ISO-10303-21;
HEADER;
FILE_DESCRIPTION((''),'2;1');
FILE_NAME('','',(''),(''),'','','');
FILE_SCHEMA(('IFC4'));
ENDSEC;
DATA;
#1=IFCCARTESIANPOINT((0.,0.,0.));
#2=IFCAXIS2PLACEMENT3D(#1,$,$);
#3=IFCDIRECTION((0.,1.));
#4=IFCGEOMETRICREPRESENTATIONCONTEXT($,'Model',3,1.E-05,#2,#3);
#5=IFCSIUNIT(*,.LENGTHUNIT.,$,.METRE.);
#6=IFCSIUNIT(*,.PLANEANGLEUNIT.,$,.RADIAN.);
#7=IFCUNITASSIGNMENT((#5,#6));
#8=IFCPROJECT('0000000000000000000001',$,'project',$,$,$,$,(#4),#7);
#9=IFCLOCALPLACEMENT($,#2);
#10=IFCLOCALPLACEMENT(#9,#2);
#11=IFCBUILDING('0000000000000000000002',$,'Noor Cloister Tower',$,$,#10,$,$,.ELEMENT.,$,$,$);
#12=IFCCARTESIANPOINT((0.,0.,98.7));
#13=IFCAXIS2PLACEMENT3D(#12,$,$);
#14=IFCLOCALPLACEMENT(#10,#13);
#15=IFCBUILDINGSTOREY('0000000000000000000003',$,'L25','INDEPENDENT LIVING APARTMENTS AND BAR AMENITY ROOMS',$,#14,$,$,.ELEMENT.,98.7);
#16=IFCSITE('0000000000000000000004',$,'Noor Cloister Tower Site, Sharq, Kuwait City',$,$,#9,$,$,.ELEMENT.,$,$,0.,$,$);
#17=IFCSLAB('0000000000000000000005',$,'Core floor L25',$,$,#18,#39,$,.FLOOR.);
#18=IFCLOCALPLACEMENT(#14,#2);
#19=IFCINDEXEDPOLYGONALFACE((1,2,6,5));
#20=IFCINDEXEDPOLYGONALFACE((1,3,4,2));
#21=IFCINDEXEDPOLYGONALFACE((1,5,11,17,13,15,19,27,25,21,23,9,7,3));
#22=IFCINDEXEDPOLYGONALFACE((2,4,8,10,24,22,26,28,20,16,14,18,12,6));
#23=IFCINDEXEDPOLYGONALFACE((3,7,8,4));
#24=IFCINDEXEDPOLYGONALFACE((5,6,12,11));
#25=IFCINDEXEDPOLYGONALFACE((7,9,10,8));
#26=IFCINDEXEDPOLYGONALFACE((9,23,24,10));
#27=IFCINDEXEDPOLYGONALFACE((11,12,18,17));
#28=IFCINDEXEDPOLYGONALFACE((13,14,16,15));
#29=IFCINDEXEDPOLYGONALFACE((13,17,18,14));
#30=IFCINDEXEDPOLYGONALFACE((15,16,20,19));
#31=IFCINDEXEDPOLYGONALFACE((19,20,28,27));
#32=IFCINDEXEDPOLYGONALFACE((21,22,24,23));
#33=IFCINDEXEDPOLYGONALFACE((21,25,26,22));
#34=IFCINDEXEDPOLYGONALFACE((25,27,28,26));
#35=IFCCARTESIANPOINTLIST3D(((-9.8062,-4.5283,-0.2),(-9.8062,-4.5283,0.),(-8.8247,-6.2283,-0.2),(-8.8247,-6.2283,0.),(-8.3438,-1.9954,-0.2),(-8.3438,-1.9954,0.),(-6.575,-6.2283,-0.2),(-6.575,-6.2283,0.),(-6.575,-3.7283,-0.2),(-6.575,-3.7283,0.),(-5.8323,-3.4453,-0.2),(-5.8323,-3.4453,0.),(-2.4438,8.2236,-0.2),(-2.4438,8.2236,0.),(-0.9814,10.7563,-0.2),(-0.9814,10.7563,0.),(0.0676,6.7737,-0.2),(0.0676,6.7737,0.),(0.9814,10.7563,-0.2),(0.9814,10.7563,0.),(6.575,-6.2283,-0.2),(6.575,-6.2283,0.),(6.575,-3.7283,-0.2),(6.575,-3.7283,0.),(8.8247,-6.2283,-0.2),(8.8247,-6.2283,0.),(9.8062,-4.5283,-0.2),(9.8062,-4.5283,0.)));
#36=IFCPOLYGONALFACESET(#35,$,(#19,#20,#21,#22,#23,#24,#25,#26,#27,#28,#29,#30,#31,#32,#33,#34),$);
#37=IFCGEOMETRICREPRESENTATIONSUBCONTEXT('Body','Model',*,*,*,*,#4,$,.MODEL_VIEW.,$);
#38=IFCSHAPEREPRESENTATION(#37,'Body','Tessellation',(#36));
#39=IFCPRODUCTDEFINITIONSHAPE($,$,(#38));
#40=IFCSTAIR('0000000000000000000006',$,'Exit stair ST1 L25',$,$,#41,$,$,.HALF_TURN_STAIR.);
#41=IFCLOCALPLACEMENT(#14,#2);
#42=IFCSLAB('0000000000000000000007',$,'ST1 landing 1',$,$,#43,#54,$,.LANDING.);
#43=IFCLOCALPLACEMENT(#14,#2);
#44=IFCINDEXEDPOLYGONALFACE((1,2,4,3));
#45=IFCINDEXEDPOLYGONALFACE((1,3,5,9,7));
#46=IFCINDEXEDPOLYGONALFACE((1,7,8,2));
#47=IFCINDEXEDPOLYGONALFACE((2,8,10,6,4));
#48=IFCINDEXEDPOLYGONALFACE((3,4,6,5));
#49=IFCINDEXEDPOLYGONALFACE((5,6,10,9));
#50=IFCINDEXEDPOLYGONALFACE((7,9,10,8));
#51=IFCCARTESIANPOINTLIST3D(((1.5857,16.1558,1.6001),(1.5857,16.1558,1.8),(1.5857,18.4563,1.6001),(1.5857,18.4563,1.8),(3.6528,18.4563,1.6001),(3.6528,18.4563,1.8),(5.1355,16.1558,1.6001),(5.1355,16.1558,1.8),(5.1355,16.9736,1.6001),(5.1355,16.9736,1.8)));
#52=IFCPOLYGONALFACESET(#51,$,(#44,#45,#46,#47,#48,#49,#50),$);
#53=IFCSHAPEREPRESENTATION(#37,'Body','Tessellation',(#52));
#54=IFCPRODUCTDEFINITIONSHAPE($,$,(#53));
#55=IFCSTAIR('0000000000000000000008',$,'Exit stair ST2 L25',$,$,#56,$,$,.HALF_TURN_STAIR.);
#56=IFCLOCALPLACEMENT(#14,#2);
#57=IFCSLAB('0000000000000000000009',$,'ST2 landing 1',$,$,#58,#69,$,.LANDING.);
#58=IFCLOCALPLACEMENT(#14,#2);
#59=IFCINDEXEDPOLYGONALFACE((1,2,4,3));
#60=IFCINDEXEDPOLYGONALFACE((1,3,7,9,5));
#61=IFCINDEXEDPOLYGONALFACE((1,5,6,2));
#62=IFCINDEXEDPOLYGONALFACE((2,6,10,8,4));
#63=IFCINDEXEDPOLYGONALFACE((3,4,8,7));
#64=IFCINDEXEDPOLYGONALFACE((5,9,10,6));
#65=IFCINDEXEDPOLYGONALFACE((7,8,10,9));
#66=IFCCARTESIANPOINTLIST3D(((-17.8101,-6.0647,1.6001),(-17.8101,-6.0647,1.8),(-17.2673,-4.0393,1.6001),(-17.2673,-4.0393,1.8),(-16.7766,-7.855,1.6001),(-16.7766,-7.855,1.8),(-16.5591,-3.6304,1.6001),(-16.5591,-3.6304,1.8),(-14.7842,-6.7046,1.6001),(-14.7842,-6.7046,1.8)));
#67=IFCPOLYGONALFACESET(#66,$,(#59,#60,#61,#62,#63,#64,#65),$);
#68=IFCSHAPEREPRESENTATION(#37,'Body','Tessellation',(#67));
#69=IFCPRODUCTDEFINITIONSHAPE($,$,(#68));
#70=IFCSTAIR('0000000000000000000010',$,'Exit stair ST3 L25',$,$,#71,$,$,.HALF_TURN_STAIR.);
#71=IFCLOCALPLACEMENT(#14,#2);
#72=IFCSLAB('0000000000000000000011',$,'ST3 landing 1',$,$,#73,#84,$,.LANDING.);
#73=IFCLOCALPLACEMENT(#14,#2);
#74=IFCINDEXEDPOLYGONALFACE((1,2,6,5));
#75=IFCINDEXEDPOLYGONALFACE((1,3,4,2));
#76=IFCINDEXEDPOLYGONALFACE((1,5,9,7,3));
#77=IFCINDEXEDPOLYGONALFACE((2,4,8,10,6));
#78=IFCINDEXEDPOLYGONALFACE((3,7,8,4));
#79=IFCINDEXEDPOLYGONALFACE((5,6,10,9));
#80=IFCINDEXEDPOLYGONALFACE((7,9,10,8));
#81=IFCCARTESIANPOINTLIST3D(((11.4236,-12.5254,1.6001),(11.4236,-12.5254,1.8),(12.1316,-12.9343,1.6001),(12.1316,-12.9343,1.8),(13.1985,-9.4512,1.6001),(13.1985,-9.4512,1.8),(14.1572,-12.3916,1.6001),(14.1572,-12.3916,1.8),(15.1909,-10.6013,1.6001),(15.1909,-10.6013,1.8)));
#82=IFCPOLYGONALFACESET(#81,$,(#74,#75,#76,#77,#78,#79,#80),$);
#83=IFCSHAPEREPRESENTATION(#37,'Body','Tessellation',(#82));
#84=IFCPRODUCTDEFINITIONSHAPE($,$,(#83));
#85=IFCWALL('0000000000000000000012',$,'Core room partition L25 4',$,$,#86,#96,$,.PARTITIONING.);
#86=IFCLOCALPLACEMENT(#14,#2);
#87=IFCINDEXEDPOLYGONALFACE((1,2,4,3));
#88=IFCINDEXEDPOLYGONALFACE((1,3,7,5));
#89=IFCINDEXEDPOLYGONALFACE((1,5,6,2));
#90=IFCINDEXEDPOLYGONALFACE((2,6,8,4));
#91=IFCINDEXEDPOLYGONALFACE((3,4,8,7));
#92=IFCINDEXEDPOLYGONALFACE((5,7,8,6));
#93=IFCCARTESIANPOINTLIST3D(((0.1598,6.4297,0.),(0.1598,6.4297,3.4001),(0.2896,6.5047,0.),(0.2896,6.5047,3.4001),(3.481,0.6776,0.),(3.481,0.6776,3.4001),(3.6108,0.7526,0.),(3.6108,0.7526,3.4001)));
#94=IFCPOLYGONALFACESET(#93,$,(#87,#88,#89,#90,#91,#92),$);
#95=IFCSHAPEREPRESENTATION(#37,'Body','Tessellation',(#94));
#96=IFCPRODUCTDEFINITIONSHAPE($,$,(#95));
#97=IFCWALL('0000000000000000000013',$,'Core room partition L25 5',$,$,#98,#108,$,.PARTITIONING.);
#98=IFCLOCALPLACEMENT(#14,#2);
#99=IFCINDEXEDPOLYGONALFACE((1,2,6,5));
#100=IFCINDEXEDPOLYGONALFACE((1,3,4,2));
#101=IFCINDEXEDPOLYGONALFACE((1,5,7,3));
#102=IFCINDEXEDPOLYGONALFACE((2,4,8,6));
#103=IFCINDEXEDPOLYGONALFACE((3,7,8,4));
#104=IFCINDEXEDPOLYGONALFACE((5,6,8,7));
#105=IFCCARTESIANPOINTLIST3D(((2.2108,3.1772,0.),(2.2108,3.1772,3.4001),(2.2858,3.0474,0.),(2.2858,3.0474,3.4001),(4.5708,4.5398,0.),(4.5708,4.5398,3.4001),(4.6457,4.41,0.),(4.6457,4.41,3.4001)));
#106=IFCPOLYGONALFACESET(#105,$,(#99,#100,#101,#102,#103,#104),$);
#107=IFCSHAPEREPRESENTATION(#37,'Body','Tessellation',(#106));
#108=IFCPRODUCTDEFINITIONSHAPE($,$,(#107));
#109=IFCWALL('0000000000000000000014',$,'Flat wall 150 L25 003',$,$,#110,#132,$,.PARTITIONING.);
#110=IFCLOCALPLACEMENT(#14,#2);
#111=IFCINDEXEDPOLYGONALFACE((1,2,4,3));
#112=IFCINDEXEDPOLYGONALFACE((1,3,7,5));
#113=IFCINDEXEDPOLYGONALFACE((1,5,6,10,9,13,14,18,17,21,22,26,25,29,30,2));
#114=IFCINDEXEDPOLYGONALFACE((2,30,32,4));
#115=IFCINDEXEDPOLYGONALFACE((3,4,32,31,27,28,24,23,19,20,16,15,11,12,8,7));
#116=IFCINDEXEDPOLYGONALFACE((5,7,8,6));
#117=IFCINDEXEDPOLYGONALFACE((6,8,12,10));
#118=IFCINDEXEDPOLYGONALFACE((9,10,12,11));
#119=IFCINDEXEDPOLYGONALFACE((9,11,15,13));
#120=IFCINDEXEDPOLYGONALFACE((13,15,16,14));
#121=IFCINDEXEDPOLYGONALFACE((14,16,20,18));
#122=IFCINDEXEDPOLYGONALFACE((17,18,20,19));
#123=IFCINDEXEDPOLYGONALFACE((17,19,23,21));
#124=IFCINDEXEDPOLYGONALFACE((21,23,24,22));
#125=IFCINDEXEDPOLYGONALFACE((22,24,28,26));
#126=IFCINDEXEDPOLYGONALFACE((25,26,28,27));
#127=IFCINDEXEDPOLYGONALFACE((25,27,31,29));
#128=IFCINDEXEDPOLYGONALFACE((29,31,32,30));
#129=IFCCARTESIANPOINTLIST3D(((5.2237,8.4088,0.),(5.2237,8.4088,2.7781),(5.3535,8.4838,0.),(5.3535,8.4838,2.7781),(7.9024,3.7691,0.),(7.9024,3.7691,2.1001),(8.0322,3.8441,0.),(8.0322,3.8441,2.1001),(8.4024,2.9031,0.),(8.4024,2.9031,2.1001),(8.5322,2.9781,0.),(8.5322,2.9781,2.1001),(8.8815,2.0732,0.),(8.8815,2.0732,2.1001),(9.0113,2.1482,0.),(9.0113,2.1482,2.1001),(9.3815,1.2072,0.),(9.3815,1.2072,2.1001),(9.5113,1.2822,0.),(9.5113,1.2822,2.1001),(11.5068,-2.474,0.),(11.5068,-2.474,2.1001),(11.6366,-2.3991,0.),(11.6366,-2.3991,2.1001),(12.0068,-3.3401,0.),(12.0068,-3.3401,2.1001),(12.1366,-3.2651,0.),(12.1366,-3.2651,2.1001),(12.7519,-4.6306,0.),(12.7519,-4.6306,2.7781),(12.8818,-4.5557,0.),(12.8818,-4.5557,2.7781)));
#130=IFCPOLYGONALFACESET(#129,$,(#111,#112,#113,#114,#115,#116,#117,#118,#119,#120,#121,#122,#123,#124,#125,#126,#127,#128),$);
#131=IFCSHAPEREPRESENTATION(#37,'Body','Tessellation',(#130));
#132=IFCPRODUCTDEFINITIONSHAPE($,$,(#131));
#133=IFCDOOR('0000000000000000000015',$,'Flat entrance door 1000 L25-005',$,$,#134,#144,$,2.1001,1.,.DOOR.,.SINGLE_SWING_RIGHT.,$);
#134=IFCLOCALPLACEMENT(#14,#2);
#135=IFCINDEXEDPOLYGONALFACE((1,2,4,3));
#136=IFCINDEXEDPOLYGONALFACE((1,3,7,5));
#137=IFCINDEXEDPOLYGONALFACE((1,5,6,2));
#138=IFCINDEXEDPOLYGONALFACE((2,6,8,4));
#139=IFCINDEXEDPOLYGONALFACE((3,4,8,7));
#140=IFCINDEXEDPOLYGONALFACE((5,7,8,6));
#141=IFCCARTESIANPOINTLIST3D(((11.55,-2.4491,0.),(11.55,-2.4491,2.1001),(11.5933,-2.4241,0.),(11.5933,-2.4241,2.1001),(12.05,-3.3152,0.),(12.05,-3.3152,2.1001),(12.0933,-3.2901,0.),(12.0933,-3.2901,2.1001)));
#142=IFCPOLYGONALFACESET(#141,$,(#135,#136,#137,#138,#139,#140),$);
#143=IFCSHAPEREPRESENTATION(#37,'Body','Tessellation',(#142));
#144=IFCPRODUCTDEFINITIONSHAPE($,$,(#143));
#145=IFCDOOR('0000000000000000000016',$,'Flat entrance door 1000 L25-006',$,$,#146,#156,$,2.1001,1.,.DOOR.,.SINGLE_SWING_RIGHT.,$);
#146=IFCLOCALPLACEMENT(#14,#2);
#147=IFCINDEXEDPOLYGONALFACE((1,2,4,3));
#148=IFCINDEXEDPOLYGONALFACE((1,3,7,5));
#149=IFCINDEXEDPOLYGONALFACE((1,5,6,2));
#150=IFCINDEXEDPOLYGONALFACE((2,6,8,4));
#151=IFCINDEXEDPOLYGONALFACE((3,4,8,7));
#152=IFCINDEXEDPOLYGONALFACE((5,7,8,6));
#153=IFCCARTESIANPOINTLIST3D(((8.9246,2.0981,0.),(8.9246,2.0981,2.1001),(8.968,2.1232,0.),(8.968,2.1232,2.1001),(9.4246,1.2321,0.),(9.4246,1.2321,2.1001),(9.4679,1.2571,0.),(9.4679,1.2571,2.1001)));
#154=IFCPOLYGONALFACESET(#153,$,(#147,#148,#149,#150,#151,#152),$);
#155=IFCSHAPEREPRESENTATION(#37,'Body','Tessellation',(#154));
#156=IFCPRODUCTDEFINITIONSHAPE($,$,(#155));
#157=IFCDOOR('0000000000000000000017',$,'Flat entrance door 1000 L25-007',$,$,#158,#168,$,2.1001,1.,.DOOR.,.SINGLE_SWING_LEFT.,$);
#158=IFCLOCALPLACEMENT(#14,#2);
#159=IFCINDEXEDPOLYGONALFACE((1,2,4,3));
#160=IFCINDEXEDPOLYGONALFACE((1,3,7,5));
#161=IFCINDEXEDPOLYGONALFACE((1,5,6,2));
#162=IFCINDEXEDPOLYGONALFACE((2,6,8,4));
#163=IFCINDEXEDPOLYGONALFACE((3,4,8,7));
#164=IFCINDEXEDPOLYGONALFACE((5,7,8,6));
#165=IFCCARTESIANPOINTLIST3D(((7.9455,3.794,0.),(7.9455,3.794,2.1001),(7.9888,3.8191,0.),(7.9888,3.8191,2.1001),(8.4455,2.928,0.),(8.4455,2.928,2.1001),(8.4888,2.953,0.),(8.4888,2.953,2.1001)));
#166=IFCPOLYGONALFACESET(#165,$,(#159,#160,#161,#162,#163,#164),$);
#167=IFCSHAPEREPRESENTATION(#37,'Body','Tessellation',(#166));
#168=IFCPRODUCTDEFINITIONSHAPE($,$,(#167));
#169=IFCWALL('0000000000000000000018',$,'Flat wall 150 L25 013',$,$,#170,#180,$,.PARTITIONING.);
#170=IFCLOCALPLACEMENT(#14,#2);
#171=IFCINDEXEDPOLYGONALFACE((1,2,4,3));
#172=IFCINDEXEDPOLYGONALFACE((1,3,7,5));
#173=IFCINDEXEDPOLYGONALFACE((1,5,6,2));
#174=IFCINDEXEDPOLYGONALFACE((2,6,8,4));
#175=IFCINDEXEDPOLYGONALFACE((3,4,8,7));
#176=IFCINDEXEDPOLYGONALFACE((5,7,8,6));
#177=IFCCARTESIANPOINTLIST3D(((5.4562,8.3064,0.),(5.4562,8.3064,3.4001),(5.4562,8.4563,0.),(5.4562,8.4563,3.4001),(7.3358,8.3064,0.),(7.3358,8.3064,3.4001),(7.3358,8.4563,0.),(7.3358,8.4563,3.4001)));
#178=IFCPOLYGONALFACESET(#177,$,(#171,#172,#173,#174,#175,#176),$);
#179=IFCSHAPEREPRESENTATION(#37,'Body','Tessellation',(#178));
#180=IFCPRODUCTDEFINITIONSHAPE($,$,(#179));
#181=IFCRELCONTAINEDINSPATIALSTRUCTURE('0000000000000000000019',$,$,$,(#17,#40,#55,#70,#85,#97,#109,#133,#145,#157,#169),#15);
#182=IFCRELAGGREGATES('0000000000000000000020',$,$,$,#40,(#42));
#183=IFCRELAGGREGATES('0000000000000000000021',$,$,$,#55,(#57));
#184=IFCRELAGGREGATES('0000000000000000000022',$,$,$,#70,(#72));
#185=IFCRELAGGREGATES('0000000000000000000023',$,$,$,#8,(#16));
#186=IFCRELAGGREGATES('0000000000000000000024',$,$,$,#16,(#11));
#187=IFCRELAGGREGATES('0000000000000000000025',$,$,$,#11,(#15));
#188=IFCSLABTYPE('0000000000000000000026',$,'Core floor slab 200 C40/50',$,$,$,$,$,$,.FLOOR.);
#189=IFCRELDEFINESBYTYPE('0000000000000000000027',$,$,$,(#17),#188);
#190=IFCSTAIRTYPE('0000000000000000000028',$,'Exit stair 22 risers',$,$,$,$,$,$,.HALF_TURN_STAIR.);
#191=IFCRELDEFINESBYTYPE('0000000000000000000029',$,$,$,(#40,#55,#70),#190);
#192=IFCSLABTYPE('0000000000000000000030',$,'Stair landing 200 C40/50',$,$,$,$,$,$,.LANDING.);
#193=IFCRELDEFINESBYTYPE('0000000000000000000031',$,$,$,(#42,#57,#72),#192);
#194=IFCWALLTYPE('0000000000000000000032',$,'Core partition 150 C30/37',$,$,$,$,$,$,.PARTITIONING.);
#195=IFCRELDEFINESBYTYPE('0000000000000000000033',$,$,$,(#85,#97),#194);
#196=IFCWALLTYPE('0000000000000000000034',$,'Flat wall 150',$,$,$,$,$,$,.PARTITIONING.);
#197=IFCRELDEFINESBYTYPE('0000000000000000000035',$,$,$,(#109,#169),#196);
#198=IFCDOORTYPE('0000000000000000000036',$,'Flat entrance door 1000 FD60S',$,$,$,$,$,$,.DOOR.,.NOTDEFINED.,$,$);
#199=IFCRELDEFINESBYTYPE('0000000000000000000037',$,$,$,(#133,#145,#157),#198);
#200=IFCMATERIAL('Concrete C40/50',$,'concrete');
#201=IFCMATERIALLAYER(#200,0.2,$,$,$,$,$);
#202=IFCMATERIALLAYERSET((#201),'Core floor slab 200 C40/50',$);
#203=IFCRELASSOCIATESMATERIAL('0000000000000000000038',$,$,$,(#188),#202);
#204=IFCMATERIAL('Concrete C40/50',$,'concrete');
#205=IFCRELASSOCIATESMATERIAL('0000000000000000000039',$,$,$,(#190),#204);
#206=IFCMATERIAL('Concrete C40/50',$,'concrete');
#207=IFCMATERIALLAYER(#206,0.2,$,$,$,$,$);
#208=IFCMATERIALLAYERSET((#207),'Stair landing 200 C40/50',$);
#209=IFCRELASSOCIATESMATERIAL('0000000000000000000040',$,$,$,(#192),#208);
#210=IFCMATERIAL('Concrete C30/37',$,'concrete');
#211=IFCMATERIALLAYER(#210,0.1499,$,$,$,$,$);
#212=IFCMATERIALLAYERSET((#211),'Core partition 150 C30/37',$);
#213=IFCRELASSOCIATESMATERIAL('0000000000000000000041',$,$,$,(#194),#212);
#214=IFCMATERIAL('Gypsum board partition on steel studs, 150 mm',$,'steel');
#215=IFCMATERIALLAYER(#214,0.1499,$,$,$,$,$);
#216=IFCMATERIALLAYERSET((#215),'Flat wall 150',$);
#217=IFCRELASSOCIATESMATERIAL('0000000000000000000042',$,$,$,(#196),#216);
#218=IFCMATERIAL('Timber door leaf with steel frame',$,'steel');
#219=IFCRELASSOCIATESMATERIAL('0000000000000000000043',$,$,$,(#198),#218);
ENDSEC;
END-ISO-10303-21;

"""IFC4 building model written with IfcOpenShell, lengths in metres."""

from ifc_helpers import new_model, si_unit, direction, frame, frame_2d, origin, place, context, subcontext, project, spatial, polyline, rectangle, outline, extrude, material, layer, layer_set, type_object, element, fill, aggregate, save


model = new_model("IFC4")

# Units and contexts
model_context = context("Model", 3, precision=1e-05, world=origin(), true_north=direction((0.0, 1.0)))
body_context = subcontext(model_context, "Body", "Model", "MODEL_VIEW")
ifc_project = project(units=[si_unit("LENGTHUNIT", "METRE"), si_unit("PLANEANGLEUNIT", "RADIAN")], contexts=[model_context])

# Site, building, storey
site_placement = place(None, origin())
site = spatial("IfcSite", under=ifc_project, at=site_placement, Name="Noor Cloister Tower Site, Sharq, Kuwait City", CompositionType="ELEMENT", RefElevation=0.0)
building_placement = place(site_placement, origin())
building = spatial("IfcBuilding", under=site, at=building_placement, Name="Noor Cloister Tower", CompositionType="ELEMENT")
storey_placement = place(building_placement, frame((0.0, 0.0, 98.7)))
storey = spatial("IfcBuildingStorey", under=building, at=storey_placement, Name="L25", Description="INDEPENDENT LIVING APARTMENTS AND BAR AMENITY ROOMS", CompositionType="ELEMENT", Elevation=98.7)

# Slab
ifc_material_1 = material(Name="Concrete C40/50", Category="concrete")
ifc_layer_1 = layer(ifc_material_1, 0.2)
ifc_layer_set_1 = layer_set([ifc_layer_1], Name="Core floor slab 200 C40/50")
slab_type_1 = type_object("IfcSlabType", Name="Core floor slab 200 C40/50", PredefinedType="FLOOR", material=ifc_layer_set_1)
slab_1_placement = place(storey_placement, frame((0.0, 0.0, -0.2)))
element("IfcSlab", 1, at=slab_1_placement, inside=storey, type_object=slab_type_1, Name="Core floor L25", PredefinedType="FLOOR", context=body_context, shape_type="SweptSolid", body=[
    extrude(outline(polyline([(-6.575, -6.2283), (-6.575, -3.7283), (6.575, -3.7283), (6.575, -6.2283), (8.8247, -6.2283), (9.8062, -4.5283), (0.9814, 10.7563), (-0.9814, 10.7563), (-2.4438, 8.2236), (0.0676, 6.7737), (-5.8323, -3.4453), (-8.3438, -1.9954), (-9.8062, -4.5283), (-8.8247, -6.2283), (-6.575, -6.2283)])), origin(), (0.0, 0.0, 1.0), 0.2),
])

# Stairs, slabs
ifc_material_2 = material(Name="Concrete C40/50", Category="concrete")
stair_type = type_object("IfcStairType", Name="Exit stair 22 risers", PredefinedType="HALF_TURN_STAIR", material=ifc_material_2)
stair_1_placement = place(storey_placement, origin())
stair_1 = element("IfcStair", 2, at=stair_1_placement, inside=storey, type_object=stair_type, Name="Exit stair ST1 L25", PredefinedType="HALF_TURN_STAIR")
ifc_material_3 = material(Name="Concrete C40/50", Category="concrete")
ifc_layer_2 = layer(ifc_material_3, 0.2)
ifc_layer_set_2 = layer_set([ifc_layer_2], Name="Stair landing 200 C40/50")
slab_type_2 = type_object("IfcSlabType", Name="Stair landing 200 C40/50", PredefinedType="LANDING", material=ifc_layer_set_2)
slab_2_placement = place(storey_placement, frame((0.0, 0.0, 1.6001)))
slab_2 = element("IfcSlab", 3, at=slab_2_placement, type_object=slab_type_2, Name="ST1 landing 1", PredefinedType="LANDING", context=body_context, shape_type="SweptSolid", body=[
    extrude(outline(polyline([(5.1355, 16.1558), (5.1355, 16.9736), (3.6528, 18.4563), (1.5857, 18.4563), (1.5857, 16.1558), (5.1355, 16.1558)])), origin(), (0.0, 0.0, 1.0), 0.2),
])
aggregate(stair_1, [slab_2])
stair_2_placement = place(storey_placement, origin())
stair_2 = element("IfcStair", 4, at=stair_2_placement, inside=storey, type_object=stair_type, Name="Exit stair ST2 L25", PredefinedType="HALF_TURN_STAIR")
slab_3_placement = place(storey_placement, frame((0.0, 0.0, 1.6001)))
slab_3 = element("IfcSlab", 5, at=slab_3_placement, type_object=slab_type_2, Name="ST2 landing 1", PredefinedType="LANDING", context=body_context, shape_type="SweptSolid", body=[
    extrude(outline(polyline([(-16.5591, -3.6304), (-17.2673, -4.0393), (-17.8101, -6.0647), (-16.7766, -7.855), (-14.7842, -6.7046), (-16.5591, -3.6304)])), origin(), (0.0, 0.0, 1.0), 0.2),
])
aggregate(stair_2, [slab_3])
stair_3_placement = place(storey_placement, origin())
stair_3 = element("IfcStair", 6, at=stair_3_placement, inside=storey, type_object=stair_type, Name="Exit stair ST3 L25", PredefinedType="HALF_TURN_STAIR")
slab_4_placement = place(storey_placement, frame((0.0, 0.0, 1.6001)))
slab_4 = element("IfcSlab", 7, at=slab_4_placement, type_object=slab_type_2, Name="ST3 landing 1", PredefinedType="LANDING", context=body_context, shape_type="SweptSolid", body=[
    extrude(outline(polyline([(11.4236, -12.5254), (12.1316, -12.9343), (14.1572, -12.3916), (15.1909, -10.6013), (13.1985, -9.4512), (11.4236, -12.5254)])), origin(), (0.0, 0.0, 1.0), 0.2),
])
aggregate(stair_3, [slab_4])

# Walls
ifc_material_4 = material(Name="Concrete C30/37", Category="concrete")
ifc_layer_3 = layer(ifc_material_4, 0.1499)
ifc_layer_set_3 = layer_set([ifc_layer_3], Name="Core partition 150 C30/37")
wall_type_1 = type_object("IfcWallType", Name="Core partition 150 C30/37", PredefinedType="PARTITIONING", material=ifc_layer_set_3)
wall_1_placement = place(storey_placement, frame((3.5459, 0.7151, 0.0), z_axis=(0.0, 0.0, 1.0), x_axis=(-0.500029, 0.866009, 0.0)))
element("IfcWall", 8, at=wall_1_placement, inside=storey, type_object=wall_type_1, Name="Core room partition L25 4", PredefinedType="PARTITIONING", context=body_context, shape_type="SweptSolid", body=[
    extrude(rectangle(XDim=6.6421, YDim=0.1499, at=frame_2d((3.321, 0.0))), origin(), (0.0, 0.0, 1.0), 3.4001),
])
wall_2_placement = place(storey_placement, frame((2.2483, 3.1123, 0.0), z_axis=(0.0, 0.0, 1.0), x_axis=(0.866013, 0.500022, 0.0)))
element("IfcWall", 9, at=wall_2_placement, inside=storey, type_object=wall_type_1, Name="Core room partition L25 5", PredefinedType="PARTITIONING", context=body_context, shape_type="SweptSolid", body=[
    extrude(rectangle(XDim=2.7251, YDim=0.1499, at=frame_2d((1.3625, 0.0))), origin(), (0.0, 0.0, 1.0), 3.4001),
])

# Wall, openings, doors
ifc_material_5 = material(Name="Gypsum board partition on steel studs, 150 mm", Category="steel")
ifc_layer_4 = layer(ifc_material_5, 0.1499)
ifc_layer_set_4 = layer_set([ifc_layer_4], Name="Flat wall 150")
wall_type_2 = type_object("IfcWallType", Name="Flat wall 150", PredefinedType="PARTITIONING", material=ifc_layer_set_4)
wall_3_placement = place(storey_placement, frame((5.2886, 8.4463, 0.0), z_axis=(0.0, 0.0, 1.0), x_axis=(0.499997, -0.866027, 0.0)))
wall_3 = element("IfcWall", 10, at=wall_3_placement, inside=storey, type_object=wall_type_2, Name="Flat wall 150 L25 003", PredefinedType="PARTITIONING", context=body_context, shape_type="SweptSolid", body=[
    extrude(rectangle(XDim=15.0566, YDim=0.1499, at=frame_2d((7.5283, 0.0))), origin(), (0.0, 0.0, 1.0), 2.7781),
])
opening_1_placement = place(wall_3_placement, frame((12.5664, 0.0, 0.0)))
opening_1 = element("IfcOpeningElement", 11, at=opening_1_placement, cuts=wall_3, PredefinedType="OPENING", context=body_context, shape_type="SweptSolid", body=[
    extrude(rectangle(XDim=1.0, YDim=2.1001, at=frame_2d((0.5, 1.05))), frame((0.0, 0.085, 0.0), z_axis=(0.0, -1.0, 0.0), x_axis=(1.0, 0.0, 0.0)), (0.0, 0.0, 1.0), 0.1699),
])
opening_2_placement = place(wall_3_placement, frame((7.3157, 0.0, 0.0)))
opening_2 = element("IfcOpeningElement", 12, at=opening_2_placement, cuts=wall_3, PredefinedType="OPENING", context=body_context, shape_type="SweptSolid", body=[
    extrude(rectangle(XDim=1.0, YDim=2.1001, at=frame_2d((0.5, 1.05))), frame((0.0, 0.085, 0.0), z_axis=(0.0, -1.0, 0.0), x_axis=(1.0, 0.0, 0.0)), (0.0, 0.0, 1.0), 0.1699),
])
opening_3_placement = place(wall_3_placement, frame((5.3574, 0.0, 0.0)))
opening_3 = element("IfcOpeningElement", 13, at=opening_3_placement, cuts=wall_3, PredefinedType="OPENING", context=body_context, shape_type="SweptSolid", body=[
    extrude(rectangle(XDim=1.0, YDim=2.1001, at=frame_2d((0.5, 1.05))), frame((0.0, 0.085, 0.0), z_axis=(0.0, -1.0, 0.0), x_axis=(1.0, 0.0, 0.0)), (0.0, 0.0, 1.0), 0.1699),
])
ifc_material_6 = material(Name="Timber door leaf with steel frame", Category="steel")
door_type = type_object("IfcDoorType", Name="Flat entrance door 1000 FD60S", OperationType="NOTDEFINED", PredefinedType="DOOR", material=ifc_material_6)
door_1_placement = place(opening_1_placement, origin())
door_1 = element("IfcDoor", 14, at=door_1_placement, inside=storey, type_object=door_type, Name="Flat entrance door 1000 L25-005", OperationType="SINGLE_SWING_RIGHT", OverallHeight=2.1001, OverallWidth=1.0, PredefinedType="DOOR", context=body_context, shape_type="SweptSolid", body=[
    extrude(rectangle(XDim=1.0, YDim=2.1001, at=frame_2d((0.5, 1.05))), frame((0.0, 0.0249, 0.0), z_axis=(0.0, -1.0, 0.0), x_axis=(1.0, 0.0, 0.0)), (0.0, 0.0, 1.0), 0.05),
])
fill(opening_1, door_1)
door_2_placement = place(opening_2_placement, origin())
door_2 = element("IfcDoor", 15, at=door_2_placement, inside=storey, type_object=door_type, Name="Flat entrance door 1000 L25-006", OperationType="SINGLE_SWING_RIGHT", OverallHeight=2.1001, OverallWidth=1.0, PredefinedType="DOOR", context=body_context, shape_type="SweptSolid", body=[
    extrude(rectangle(XDim=1.0, YDim=2.1001, at=frame_2d((0.5, 1.05))), frame((0.0, 0.0249, 0.0), z_axis=(0.0, -1.0, 0.0), x_axis=(1.0, 0.0, 0.0)), (0.0, 0.0, 1.0), 0.05),
])
fill(opening_2, door_2)
door_3_placement = place(opening_3_placement, origin())
door_3 = element("IfcDoor", 16, at=door_3_placement, inside=storey, type_object=door_type, Name="Flat entrance door 1000 L25-007", OperationType="SINGLE_SWING_LEFT", OverallHeight=2.1001, OverallWidth=1.0, PredefinedType="DOOR", context=body_context, shape_type="SweptSolid", body=[
    extrude(rectangle(XDim=1.0, YDim=2.1001, at=frame_2d((0.5, 1.05))), frame((0.0, 0.0249, 0.0), z_axis=(0.0, -1.0, 0.0), x_axis=(1.0, 0.0, 0.0)), (0.0, 0.0, 1.0), 0.05),
])
fill(opening_3, door_3)

# Wall
wall_4_placement = place(storey_placement, frame((5.4561, 8.3813, 0.0), z_axis=(0.0, 0.0, 1.0), x_axis=(1.0, 0.0, 0.0)))
element("IfcWall", 17, at=wall_4_placement, inside=storey, type_object=wall_type_2, Name="Flat wall 150 L25 013", PredefinedType="PARTITIONING", context=body_context, shape_type="SweptSolid", body=[
    extrude(rectangle(XDim=1.8796, YDim=0.1499, at=frame_2d((0.9399, 0.0))), origin(), (0.0, 0.0, 1.0), 3.4001),
])

save(model, "model.ifc")
